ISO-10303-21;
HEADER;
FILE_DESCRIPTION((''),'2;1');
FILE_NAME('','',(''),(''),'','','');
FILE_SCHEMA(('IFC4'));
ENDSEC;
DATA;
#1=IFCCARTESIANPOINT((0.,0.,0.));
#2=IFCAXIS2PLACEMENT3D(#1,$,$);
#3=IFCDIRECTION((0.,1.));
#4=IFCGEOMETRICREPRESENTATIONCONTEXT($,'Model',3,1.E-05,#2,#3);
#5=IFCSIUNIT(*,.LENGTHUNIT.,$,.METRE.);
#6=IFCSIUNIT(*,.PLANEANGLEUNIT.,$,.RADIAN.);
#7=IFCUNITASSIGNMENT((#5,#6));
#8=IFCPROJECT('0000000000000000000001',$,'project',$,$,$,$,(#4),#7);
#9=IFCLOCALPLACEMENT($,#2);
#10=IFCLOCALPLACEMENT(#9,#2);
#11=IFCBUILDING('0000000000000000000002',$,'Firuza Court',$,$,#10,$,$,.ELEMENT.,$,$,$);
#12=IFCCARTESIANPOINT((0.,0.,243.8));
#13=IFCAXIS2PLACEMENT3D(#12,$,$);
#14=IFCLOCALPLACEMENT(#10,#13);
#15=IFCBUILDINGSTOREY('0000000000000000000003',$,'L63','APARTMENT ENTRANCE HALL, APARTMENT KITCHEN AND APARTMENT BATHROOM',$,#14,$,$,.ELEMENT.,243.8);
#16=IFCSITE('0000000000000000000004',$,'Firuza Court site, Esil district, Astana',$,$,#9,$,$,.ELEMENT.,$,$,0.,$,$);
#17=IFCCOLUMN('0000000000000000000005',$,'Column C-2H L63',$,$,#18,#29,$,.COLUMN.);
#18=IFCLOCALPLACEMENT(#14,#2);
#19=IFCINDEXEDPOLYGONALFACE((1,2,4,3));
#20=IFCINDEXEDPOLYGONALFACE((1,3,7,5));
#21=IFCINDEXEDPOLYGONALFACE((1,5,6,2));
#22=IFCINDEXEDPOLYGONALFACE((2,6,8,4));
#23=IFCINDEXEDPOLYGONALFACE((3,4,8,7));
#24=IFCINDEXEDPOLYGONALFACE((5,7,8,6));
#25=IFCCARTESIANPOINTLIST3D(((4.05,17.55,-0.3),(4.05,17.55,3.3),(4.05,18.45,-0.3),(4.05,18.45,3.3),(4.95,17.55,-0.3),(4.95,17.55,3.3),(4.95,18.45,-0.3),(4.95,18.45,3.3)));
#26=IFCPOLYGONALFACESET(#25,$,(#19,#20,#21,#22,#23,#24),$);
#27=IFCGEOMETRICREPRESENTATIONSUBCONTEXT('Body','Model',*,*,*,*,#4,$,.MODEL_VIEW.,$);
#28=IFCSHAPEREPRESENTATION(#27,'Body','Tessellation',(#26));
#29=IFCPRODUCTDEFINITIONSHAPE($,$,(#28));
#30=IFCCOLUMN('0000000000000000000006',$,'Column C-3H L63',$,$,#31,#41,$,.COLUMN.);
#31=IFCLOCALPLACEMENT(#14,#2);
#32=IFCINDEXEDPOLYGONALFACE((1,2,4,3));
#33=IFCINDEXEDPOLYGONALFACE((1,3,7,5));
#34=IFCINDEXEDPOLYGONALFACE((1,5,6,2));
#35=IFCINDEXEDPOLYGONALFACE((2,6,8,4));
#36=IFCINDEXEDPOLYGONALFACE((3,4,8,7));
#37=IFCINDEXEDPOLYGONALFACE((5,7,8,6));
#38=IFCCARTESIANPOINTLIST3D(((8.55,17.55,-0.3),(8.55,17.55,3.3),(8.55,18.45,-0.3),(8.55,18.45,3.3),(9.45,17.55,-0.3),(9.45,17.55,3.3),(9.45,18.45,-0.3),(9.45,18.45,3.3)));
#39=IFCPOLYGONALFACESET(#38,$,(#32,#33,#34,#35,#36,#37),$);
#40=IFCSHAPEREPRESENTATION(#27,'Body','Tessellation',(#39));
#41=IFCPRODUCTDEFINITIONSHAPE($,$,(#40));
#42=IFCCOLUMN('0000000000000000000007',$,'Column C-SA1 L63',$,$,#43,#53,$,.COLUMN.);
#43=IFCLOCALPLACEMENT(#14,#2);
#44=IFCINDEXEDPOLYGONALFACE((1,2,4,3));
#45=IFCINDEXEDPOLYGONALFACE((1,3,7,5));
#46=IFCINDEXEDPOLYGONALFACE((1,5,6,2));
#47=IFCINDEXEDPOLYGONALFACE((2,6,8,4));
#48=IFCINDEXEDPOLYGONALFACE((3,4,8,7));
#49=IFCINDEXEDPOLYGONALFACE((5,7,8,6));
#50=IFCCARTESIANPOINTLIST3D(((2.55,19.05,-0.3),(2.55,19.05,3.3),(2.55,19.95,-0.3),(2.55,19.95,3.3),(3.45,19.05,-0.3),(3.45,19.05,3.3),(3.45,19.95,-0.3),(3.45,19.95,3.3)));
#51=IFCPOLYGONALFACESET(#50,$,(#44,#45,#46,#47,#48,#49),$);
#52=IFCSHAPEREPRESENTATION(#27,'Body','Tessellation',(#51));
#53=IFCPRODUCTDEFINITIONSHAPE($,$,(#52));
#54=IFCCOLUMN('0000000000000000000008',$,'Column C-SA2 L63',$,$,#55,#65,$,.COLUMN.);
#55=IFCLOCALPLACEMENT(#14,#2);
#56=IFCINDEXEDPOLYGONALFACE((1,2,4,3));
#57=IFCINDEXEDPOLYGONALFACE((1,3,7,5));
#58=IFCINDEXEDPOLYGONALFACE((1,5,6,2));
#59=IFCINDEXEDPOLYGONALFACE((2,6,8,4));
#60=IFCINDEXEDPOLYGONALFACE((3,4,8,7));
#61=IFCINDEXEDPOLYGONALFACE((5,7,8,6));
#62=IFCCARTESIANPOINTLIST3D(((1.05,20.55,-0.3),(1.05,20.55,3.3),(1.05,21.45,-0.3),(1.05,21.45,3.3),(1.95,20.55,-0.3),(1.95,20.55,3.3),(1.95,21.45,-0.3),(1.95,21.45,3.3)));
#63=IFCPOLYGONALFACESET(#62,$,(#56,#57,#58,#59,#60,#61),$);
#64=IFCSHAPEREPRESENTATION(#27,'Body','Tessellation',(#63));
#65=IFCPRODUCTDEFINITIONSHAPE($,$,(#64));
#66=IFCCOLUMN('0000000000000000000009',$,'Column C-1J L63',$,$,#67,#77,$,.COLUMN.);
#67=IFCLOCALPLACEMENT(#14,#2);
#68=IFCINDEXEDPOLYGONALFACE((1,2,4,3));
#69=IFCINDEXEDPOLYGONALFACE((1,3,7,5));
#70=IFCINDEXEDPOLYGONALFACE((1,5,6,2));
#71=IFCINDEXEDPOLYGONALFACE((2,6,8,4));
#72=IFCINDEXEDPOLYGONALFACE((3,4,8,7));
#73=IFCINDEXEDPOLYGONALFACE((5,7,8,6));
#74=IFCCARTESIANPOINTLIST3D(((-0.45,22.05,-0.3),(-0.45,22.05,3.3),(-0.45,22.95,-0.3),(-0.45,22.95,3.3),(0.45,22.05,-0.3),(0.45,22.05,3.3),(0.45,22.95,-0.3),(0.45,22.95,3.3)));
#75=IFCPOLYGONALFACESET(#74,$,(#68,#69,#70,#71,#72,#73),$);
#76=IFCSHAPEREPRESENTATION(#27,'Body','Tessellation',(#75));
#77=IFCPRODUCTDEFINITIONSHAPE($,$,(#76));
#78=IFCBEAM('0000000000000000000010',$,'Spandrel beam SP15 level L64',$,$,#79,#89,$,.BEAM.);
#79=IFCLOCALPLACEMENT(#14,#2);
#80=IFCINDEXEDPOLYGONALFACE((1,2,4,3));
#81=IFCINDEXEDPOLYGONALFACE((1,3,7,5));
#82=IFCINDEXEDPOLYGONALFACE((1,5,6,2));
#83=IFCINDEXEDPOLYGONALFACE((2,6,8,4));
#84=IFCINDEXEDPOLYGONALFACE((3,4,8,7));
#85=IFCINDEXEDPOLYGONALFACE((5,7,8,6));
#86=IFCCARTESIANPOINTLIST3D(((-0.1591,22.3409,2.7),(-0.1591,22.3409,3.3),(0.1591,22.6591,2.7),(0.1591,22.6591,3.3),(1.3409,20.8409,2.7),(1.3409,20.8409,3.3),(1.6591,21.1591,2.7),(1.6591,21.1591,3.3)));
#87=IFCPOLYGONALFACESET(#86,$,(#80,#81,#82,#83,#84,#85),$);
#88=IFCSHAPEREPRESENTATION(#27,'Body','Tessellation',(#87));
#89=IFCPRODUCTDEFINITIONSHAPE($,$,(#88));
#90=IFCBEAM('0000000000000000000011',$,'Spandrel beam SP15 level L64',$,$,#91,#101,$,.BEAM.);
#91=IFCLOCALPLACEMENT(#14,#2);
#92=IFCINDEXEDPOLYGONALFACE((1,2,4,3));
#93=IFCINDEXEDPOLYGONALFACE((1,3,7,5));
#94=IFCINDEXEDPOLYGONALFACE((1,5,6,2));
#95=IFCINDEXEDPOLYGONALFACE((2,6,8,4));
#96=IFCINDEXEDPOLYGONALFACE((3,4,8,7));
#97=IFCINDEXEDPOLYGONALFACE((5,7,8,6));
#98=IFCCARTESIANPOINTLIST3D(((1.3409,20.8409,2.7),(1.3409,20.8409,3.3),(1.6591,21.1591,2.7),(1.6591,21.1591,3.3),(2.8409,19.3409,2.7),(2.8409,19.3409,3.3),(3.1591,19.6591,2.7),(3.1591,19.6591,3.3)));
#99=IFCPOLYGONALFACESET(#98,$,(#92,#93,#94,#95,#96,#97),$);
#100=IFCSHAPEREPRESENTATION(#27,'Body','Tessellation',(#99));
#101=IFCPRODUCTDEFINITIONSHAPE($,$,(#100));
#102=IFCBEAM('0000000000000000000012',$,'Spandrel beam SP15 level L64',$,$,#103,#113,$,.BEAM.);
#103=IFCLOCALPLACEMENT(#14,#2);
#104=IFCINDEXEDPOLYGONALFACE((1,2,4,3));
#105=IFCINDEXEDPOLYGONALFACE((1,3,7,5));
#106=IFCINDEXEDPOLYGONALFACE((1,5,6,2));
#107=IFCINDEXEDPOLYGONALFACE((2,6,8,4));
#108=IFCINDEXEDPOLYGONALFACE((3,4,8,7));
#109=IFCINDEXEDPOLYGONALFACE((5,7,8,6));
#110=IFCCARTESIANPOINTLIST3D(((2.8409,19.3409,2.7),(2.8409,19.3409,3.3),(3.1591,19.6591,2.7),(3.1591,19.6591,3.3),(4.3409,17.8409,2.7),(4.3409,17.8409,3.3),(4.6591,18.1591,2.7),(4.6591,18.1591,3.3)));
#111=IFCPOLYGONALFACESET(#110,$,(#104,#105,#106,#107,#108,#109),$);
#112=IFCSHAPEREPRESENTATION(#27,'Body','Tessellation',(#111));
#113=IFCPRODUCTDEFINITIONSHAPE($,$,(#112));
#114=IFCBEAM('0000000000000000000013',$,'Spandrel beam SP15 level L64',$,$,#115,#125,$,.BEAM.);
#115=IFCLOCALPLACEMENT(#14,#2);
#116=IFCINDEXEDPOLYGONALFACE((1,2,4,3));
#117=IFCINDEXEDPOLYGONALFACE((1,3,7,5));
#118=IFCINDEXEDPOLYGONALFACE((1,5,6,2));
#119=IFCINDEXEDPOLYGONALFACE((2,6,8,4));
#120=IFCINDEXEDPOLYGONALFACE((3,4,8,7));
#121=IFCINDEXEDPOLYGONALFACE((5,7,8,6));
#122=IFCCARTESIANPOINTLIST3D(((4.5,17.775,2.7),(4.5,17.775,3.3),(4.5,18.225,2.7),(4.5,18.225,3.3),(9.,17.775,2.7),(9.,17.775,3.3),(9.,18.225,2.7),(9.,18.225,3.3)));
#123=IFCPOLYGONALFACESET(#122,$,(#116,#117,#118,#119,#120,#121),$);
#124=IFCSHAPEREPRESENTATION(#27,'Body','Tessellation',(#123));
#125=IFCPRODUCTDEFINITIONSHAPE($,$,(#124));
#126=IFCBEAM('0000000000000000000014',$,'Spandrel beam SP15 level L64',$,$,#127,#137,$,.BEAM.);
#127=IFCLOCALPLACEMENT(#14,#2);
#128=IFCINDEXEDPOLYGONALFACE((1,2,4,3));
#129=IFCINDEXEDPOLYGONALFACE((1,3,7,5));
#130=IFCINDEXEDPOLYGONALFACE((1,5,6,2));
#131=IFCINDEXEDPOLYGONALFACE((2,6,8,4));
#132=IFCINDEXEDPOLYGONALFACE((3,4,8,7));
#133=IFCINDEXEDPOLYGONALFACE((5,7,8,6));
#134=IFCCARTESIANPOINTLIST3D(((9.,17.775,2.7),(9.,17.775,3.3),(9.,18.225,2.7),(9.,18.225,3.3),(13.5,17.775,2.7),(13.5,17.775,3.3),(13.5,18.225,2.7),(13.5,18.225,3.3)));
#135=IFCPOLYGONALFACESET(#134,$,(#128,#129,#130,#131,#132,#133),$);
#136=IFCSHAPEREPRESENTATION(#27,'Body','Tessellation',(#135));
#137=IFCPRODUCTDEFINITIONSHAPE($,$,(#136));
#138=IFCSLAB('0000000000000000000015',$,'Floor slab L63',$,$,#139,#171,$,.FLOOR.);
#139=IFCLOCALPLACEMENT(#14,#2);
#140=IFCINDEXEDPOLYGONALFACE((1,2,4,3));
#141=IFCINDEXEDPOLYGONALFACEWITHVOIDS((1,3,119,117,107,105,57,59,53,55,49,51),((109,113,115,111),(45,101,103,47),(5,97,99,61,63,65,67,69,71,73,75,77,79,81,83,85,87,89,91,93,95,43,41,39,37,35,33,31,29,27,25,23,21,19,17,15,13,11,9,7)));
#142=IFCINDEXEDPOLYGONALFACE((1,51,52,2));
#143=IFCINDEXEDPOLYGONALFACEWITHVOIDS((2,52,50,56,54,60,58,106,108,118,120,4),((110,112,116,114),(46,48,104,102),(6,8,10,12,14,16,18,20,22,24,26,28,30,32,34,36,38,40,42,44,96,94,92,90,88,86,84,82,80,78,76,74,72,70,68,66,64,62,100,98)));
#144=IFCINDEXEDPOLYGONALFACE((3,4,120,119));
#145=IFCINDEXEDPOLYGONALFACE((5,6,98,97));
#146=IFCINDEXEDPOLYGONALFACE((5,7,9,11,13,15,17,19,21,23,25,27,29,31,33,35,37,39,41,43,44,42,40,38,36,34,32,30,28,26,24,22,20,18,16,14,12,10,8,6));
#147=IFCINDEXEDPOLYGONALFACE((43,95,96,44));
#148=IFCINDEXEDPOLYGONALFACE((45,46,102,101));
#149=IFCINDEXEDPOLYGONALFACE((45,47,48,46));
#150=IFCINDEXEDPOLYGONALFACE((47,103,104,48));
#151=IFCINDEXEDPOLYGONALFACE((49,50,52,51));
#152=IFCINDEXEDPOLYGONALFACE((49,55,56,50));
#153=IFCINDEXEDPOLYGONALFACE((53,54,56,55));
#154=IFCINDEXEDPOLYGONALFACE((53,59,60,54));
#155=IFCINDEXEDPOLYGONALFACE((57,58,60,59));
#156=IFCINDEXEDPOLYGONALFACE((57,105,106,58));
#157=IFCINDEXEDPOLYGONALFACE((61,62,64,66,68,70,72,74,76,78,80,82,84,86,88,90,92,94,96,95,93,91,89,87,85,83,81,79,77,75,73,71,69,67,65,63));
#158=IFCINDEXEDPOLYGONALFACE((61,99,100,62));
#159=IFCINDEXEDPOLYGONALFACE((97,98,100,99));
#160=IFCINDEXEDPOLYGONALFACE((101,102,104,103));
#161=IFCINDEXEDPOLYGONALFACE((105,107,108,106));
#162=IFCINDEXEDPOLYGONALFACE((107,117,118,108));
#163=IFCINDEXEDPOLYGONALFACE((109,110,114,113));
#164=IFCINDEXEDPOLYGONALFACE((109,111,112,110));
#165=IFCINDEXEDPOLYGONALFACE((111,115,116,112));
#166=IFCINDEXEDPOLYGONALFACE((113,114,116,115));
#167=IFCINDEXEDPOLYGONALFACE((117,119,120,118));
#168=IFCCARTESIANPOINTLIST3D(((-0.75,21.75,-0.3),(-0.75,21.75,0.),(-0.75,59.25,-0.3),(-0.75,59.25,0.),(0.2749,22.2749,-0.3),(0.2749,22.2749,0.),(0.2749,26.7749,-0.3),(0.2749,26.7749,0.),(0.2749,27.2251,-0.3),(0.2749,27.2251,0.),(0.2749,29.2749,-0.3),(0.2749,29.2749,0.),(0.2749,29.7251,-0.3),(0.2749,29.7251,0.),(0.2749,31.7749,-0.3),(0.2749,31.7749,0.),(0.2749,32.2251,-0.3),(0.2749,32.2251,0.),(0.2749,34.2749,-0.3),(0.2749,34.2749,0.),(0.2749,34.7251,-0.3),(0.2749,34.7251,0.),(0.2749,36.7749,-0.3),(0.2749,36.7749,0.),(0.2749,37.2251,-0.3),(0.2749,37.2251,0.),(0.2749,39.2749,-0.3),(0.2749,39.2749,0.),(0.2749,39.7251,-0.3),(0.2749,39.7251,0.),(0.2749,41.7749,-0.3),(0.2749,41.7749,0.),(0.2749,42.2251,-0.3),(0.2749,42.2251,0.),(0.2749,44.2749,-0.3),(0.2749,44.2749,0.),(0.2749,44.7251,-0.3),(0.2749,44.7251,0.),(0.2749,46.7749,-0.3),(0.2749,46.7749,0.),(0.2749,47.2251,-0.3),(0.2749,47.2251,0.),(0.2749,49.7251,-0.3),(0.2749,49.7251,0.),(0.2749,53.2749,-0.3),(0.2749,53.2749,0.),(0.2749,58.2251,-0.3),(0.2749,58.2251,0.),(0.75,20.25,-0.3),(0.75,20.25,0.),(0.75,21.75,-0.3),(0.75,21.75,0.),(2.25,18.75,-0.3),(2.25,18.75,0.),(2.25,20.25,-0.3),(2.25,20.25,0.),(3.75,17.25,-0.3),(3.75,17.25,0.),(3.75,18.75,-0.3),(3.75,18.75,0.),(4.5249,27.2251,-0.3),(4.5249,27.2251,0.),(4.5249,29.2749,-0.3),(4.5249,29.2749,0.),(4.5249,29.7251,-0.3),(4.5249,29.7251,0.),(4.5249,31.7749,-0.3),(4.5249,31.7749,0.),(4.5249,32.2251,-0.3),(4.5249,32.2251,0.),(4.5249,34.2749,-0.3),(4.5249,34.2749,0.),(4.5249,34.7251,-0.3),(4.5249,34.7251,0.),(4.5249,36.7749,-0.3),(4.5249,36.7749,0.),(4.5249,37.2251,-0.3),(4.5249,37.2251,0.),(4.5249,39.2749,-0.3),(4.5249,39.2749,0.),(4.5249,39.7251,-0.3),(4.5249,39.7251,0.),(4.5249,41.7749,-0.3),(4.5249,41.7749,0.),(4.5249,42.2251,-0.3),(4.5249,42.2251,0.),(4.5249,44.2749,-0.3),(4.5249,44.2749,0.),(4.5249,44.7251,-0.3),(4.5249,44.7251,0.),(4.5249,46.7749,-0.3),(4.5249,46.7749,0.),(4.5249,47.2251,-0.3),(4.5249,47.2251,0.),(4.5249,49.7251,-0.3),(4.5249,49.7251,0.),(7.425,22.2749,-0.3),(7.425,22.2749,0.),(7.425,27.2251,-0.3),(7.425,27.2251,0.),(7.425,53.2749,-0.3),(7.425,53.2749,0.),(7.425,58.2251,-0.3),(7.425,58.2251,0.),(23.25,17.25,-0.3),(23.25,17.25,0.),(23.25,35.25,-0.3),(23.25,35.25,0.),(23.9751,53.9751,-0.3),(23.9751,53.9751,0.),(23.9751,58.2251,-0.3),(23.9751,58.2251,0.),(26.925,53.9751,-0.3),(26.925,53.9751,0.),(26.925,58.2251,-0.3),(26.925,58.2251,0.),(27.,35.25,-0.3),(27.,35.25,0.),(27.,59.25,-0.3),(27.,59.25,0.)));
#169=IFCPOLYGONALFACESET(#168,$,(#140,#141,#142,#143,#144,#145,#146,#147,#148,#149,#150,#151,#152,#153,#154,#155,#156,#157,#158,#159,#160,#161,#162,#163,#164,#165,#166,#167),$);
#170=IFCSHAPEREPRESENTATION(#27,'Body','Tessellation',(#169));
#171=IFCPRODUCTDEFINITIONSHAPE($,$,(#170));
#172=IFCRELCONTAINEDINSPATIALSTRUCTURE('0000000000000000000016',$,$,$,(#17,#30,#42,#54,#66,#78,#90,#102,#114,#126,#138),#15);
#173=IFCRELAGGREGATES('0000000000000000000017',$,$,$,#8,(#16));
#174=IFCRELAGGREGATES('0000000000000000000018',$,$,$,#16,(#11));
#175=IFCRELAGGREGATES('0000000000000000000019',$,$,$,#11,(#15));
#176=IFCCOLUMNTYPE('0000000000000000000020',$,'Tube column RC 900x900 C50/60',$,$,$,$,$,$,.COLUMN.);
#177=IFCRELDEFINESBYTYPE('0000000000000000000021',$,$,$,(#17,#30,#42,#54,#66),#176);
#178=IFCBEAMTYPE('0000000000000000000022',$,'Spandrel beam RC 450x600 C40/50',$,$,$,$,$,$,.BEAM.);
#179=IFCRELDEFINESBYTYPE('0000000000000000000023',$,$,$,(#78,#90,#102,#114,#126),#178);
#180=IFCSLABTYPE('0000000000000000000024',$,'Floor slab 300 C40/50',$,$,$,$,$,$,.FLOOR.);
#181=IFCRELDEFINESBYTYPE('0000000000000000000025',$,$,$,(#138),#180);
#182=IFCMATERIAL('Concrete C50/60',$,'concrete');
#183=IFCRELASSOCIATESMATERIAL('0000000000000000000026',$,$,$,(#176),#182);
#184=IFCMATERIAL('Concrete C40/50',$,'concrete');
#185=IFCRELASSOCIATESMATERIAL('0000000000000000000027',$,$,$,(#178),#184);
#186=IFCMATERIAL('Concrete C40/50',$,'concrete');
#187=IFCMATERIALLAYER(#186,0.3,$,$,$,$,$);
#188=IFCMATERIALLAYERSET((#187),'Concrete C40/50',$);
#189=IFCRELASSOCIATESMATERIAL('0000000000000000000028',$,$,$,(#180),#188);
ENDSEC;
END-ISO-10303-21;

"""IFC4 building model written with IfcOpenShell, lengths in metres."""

from ifc_helpers import new_model, si_unit, direction, frame, origin, origin_2d, place, context, subcontext, project, spatial, polyline, rectangle, outline, extrude, material, layer, layer_set, material_profile, profile_set, type_object, element, save


model = new_model("IFC4")

# Units and contexts
model_context = context("Model", 3, precision=1e-05, world=origin(), true_north=direction((0.0, 1.0)))
body_context = subcontext(model_context, "Body", "Model", "MODEL_VIEW")
ifc_project = project(units=[si_unit("LENGTHUNIT", "METRE"), si_unit("PLANEANGLEUNIT", "RADIAN")], contexts=[model_context])

# Site, building, storey
site_placement = place(None, origin())
site = spatial("IfcSite", under=ifc_project, at=site_placement, Name="Firuza Court site, Esil district, Astana", CompositionType="ELEMENT", RefElevation=0.0)
building_placement = place(site_placement, origin())
building = spatial("IfcBuilding", under=site, at=building_placement, Name="Firuza Court", CompositionType="ELEMENT")
storey_placement = place(building_placement, frame((0.0, 0.0, 243.8)))
storey = spatial("IfcBuildingStorey", under=building, at=storey_placement, Name="L63", Description="APARTMENT ENTRANCE HALL, APARTMENT KITCHEN AND APARTMENT BATHROOM", CompositionType="ELEMENT", Elevation=243.8)

# Columns
ifc_material_1 = material(Name="Concrete C50/60", Category="concrete")
ifc_material_profile_1 = material_profile(ifc_material_1, rectangle(XDim=0.8999, YDim=0.8999, at=origin_2d()), Name="RC 900x900")
ifc_profile_set_1 = profile_set([ifc_material_profile_1], Name="Concrete C50/60")
column_type = type_object("IfcColumnType", Name="Tube column RC 900x900 C50/60", PredefinedType="COLUMN", material=ifc_profile_set_1)
for number, where, z_axis, x_axis, name in (
    (1, (4.5, 18.0, -0.3), (0.0, 0.0, 1.0), (1.0, 0.0, 0.0), "Column C-2H L63"),
    (2, (9.0, 18.0, -0.3), (0.0, 0.0, 1.0), (1.0, 0.0, 0.0), "Column C-3H L63"),
    (3, (3.0, 19.5, -0.3), (0.0, 0.0, 1.0), (1.0, 0.0, 0.0), "Column C-SA1 L63"),
    (4, (1.5, 21.0, -0.3), (0.0, 0.0, 1.0), (1.0, 0.0, 0.0), "Column C-SA2 L63"),
    (5, (0.0, 22.5, -0.3), (0.0, 0.0, 1.0), (1.0, 0.0, 0.0), "Column C-1J L63"),
):
    element("IfcColumn", number, at=place(storey_placement, frame(where, z_axis=z_axis, x_axis=x_axis)), inside=storey, type_object=column_type, Name=name, PredefinedType="COLUMN", context=body_context, shape_type="SweptSolid", body=[
        extrude(rectangle(XDim=0.8999, YDim=0.8999, at=origin_2d()), origin(), (0.0, 0.0, 1.0), 3.6001),
    ])

# Beams
ifc_material_2 = material(Name="Concrete C40/50", Category="concrete")
ifc_material_profile_2 = material_profile(ifc_material_2, rectangle(XDim=0.45, YDim=0.6001, at=origin_2d()), Name="RC 450x600")
ifc_profile_set_2 = profile_set([ifc_material_profile_2], Name="Concrete C40/50")
beam_type = type_object("IfcBeamType", Name="Spandrel beam RC 450x600 C40/50", PredefinedType="BEAM", material=ifc_profile_set_2)
for number, where, z_axis, x_axis, name in (
    (6, (0.0, 22.5, 3.0), (0.707107, -0.707107, 0.0), (0.707107, 0.707107, 0.0), "Spandrel beam SP15 level L64"),
    (7, (1.5, 21.0, 3.0), (0.707107, -0.707107, 0.0), (0.707107, 0.707107, 0.0), "Spandrel beam SP15 level L64"),
    (8, (3.0, 19.5, 3.0), (0.707107, -0.707107, 0.0), (0.707107, 0.707107, 0.0), "Spandrel beam SP15 level L64"),
):
    element("IfcBeam", number, at=place(storey_placement, frame(where, z_axis=z_axis, x_axis=x_axis)), inside=storey, type_object=beam_type, Name=name, PredefinedType="BEAM", context=body_context, shape_type="SweptSolid", body=[
        extrude(rectangle(XDim=0.45, YDim=0.6001, at=origin_2d()), origin(), (0.0, 0.0, 1.0), 2.1213),
    ])
for number, where, z_axis, x_axis, name in (
    (9, (4.5, 18.0, 3.0), (1.0, 0.0, 0.0), (0.0, 1.0, 0.0), "Spandrel beam SP15 level L64"),
    (10, (9.0, 18.0, 3.0), (1.0, 0.0, 0.0), (0.0, 1.0, 0.0), "Spandrel beam SP15 level L64"),
):
    element("IfcBeam", number, at=place(storey_placement, frame(where, z_axis=z_axis, x_axis=x_axis)), inside=storey, type_object=beam_type, Name=name, PredefinedType="BEAM", context=body_context, shape_type="SweptSolid", body=[
        extrude(rectangle(XDim=0.45, YDim=0.6001, at=origin_2d()), origin(), (0.0, 0.0, 1.0), 4.5),
    ])

# Slab
ifc_material_3 = material(Name="Concrete C40/50", Category="concrete")
ifc_layer_1 = layer(ifc_material_3, 0.3)
ifc_layer_set_1 = layer_set([ifc_layer_1], Name="Concrete C40/50")
slab_type_1 = type_object("IfcSlabType", Name="Floor slab 300 C40/50", PredefinedType="FLOOR", material=ifc_layer_set_1)
slab_1_placement = place(storey_placement, frame((0.0, 0.0, -0.3)))
element("IfcSlab", 11, at=slab_1_placement, inside=storey, type_object=slab_type_1, Name="Floor slab L63", PredefinedType="FLOOR", context=body_context, shape_type="SweptSolid", body=[
    extrude(outline(polyline([(27.0, 59.25), (27.0, 35.25), (23.25, 35.25), (23.25, 17.25), (3.75, 17.25), (3.75, 18.75), (2.25, 18.75), (2.25, 20.25), (0.75, 20.25), (0.75, 21.75), (-0.75, 21.75), (-0.75, 59.25), (27.0, 59.25)]), holes=[polyline([(0.2749, 34.2749), (0.2749, 32.2251), (0.2749, 31.7749), (0.2749, 29.7251), (0.2749, 29.2749), (0.2749, 27.2251), (0.2749, 26.7749), (0.2749, 22.2749), (7.425, 22.2749), (7.425, 27.2251), (4.5249, 27.2251), (4.5249, 29.2749), (4.5249, 29.7251), (4.5249, 31.7749), (4.5249, 32.2251), (4.5249, 34.2749), (4.5249, 34.7251), (4.5249, 36.7749), (4.5249, 37.2251), (4.5249, 39.2749), (4.5249, 39.7251), (4.5249, 41.7749), (4.5249, 42.2251), (4.5249, 44.2749), (4.5249, 44.7251), (4.5249, 46.7749), (4.5249, 47.2251), (4.5249, 49.7251), (0.2749, 49.7251), (0.2749, 47.2251), (0.2749, 46.7749), (0.2749, 44.7251), (0.2749, 44.2749), (0.2749, 42.2251), (0.2749, 41.7749), (0.2749, 39.7251), (0.2749, 39.2749), (0.2749, 37.2251), (0.2749, 36.7749), (0.2749, 34.7251), (0.2749, 34.2749)]), polyline([(7.425, 58.2251), (0.2749, 58.2251), (0.2749, 53.2749), (7.425, 53.2749), (7.425, 58.2251)]), polyline([(26.925, 58.2251), (23.9751, 58.2251), (23.9751, 53.9751), (26.925, 53.9751), (26.925, 58.2251)])]), origin(), (0.0, 0.0, 1.0), 0.3),
])

save(model, "model.ifc")
